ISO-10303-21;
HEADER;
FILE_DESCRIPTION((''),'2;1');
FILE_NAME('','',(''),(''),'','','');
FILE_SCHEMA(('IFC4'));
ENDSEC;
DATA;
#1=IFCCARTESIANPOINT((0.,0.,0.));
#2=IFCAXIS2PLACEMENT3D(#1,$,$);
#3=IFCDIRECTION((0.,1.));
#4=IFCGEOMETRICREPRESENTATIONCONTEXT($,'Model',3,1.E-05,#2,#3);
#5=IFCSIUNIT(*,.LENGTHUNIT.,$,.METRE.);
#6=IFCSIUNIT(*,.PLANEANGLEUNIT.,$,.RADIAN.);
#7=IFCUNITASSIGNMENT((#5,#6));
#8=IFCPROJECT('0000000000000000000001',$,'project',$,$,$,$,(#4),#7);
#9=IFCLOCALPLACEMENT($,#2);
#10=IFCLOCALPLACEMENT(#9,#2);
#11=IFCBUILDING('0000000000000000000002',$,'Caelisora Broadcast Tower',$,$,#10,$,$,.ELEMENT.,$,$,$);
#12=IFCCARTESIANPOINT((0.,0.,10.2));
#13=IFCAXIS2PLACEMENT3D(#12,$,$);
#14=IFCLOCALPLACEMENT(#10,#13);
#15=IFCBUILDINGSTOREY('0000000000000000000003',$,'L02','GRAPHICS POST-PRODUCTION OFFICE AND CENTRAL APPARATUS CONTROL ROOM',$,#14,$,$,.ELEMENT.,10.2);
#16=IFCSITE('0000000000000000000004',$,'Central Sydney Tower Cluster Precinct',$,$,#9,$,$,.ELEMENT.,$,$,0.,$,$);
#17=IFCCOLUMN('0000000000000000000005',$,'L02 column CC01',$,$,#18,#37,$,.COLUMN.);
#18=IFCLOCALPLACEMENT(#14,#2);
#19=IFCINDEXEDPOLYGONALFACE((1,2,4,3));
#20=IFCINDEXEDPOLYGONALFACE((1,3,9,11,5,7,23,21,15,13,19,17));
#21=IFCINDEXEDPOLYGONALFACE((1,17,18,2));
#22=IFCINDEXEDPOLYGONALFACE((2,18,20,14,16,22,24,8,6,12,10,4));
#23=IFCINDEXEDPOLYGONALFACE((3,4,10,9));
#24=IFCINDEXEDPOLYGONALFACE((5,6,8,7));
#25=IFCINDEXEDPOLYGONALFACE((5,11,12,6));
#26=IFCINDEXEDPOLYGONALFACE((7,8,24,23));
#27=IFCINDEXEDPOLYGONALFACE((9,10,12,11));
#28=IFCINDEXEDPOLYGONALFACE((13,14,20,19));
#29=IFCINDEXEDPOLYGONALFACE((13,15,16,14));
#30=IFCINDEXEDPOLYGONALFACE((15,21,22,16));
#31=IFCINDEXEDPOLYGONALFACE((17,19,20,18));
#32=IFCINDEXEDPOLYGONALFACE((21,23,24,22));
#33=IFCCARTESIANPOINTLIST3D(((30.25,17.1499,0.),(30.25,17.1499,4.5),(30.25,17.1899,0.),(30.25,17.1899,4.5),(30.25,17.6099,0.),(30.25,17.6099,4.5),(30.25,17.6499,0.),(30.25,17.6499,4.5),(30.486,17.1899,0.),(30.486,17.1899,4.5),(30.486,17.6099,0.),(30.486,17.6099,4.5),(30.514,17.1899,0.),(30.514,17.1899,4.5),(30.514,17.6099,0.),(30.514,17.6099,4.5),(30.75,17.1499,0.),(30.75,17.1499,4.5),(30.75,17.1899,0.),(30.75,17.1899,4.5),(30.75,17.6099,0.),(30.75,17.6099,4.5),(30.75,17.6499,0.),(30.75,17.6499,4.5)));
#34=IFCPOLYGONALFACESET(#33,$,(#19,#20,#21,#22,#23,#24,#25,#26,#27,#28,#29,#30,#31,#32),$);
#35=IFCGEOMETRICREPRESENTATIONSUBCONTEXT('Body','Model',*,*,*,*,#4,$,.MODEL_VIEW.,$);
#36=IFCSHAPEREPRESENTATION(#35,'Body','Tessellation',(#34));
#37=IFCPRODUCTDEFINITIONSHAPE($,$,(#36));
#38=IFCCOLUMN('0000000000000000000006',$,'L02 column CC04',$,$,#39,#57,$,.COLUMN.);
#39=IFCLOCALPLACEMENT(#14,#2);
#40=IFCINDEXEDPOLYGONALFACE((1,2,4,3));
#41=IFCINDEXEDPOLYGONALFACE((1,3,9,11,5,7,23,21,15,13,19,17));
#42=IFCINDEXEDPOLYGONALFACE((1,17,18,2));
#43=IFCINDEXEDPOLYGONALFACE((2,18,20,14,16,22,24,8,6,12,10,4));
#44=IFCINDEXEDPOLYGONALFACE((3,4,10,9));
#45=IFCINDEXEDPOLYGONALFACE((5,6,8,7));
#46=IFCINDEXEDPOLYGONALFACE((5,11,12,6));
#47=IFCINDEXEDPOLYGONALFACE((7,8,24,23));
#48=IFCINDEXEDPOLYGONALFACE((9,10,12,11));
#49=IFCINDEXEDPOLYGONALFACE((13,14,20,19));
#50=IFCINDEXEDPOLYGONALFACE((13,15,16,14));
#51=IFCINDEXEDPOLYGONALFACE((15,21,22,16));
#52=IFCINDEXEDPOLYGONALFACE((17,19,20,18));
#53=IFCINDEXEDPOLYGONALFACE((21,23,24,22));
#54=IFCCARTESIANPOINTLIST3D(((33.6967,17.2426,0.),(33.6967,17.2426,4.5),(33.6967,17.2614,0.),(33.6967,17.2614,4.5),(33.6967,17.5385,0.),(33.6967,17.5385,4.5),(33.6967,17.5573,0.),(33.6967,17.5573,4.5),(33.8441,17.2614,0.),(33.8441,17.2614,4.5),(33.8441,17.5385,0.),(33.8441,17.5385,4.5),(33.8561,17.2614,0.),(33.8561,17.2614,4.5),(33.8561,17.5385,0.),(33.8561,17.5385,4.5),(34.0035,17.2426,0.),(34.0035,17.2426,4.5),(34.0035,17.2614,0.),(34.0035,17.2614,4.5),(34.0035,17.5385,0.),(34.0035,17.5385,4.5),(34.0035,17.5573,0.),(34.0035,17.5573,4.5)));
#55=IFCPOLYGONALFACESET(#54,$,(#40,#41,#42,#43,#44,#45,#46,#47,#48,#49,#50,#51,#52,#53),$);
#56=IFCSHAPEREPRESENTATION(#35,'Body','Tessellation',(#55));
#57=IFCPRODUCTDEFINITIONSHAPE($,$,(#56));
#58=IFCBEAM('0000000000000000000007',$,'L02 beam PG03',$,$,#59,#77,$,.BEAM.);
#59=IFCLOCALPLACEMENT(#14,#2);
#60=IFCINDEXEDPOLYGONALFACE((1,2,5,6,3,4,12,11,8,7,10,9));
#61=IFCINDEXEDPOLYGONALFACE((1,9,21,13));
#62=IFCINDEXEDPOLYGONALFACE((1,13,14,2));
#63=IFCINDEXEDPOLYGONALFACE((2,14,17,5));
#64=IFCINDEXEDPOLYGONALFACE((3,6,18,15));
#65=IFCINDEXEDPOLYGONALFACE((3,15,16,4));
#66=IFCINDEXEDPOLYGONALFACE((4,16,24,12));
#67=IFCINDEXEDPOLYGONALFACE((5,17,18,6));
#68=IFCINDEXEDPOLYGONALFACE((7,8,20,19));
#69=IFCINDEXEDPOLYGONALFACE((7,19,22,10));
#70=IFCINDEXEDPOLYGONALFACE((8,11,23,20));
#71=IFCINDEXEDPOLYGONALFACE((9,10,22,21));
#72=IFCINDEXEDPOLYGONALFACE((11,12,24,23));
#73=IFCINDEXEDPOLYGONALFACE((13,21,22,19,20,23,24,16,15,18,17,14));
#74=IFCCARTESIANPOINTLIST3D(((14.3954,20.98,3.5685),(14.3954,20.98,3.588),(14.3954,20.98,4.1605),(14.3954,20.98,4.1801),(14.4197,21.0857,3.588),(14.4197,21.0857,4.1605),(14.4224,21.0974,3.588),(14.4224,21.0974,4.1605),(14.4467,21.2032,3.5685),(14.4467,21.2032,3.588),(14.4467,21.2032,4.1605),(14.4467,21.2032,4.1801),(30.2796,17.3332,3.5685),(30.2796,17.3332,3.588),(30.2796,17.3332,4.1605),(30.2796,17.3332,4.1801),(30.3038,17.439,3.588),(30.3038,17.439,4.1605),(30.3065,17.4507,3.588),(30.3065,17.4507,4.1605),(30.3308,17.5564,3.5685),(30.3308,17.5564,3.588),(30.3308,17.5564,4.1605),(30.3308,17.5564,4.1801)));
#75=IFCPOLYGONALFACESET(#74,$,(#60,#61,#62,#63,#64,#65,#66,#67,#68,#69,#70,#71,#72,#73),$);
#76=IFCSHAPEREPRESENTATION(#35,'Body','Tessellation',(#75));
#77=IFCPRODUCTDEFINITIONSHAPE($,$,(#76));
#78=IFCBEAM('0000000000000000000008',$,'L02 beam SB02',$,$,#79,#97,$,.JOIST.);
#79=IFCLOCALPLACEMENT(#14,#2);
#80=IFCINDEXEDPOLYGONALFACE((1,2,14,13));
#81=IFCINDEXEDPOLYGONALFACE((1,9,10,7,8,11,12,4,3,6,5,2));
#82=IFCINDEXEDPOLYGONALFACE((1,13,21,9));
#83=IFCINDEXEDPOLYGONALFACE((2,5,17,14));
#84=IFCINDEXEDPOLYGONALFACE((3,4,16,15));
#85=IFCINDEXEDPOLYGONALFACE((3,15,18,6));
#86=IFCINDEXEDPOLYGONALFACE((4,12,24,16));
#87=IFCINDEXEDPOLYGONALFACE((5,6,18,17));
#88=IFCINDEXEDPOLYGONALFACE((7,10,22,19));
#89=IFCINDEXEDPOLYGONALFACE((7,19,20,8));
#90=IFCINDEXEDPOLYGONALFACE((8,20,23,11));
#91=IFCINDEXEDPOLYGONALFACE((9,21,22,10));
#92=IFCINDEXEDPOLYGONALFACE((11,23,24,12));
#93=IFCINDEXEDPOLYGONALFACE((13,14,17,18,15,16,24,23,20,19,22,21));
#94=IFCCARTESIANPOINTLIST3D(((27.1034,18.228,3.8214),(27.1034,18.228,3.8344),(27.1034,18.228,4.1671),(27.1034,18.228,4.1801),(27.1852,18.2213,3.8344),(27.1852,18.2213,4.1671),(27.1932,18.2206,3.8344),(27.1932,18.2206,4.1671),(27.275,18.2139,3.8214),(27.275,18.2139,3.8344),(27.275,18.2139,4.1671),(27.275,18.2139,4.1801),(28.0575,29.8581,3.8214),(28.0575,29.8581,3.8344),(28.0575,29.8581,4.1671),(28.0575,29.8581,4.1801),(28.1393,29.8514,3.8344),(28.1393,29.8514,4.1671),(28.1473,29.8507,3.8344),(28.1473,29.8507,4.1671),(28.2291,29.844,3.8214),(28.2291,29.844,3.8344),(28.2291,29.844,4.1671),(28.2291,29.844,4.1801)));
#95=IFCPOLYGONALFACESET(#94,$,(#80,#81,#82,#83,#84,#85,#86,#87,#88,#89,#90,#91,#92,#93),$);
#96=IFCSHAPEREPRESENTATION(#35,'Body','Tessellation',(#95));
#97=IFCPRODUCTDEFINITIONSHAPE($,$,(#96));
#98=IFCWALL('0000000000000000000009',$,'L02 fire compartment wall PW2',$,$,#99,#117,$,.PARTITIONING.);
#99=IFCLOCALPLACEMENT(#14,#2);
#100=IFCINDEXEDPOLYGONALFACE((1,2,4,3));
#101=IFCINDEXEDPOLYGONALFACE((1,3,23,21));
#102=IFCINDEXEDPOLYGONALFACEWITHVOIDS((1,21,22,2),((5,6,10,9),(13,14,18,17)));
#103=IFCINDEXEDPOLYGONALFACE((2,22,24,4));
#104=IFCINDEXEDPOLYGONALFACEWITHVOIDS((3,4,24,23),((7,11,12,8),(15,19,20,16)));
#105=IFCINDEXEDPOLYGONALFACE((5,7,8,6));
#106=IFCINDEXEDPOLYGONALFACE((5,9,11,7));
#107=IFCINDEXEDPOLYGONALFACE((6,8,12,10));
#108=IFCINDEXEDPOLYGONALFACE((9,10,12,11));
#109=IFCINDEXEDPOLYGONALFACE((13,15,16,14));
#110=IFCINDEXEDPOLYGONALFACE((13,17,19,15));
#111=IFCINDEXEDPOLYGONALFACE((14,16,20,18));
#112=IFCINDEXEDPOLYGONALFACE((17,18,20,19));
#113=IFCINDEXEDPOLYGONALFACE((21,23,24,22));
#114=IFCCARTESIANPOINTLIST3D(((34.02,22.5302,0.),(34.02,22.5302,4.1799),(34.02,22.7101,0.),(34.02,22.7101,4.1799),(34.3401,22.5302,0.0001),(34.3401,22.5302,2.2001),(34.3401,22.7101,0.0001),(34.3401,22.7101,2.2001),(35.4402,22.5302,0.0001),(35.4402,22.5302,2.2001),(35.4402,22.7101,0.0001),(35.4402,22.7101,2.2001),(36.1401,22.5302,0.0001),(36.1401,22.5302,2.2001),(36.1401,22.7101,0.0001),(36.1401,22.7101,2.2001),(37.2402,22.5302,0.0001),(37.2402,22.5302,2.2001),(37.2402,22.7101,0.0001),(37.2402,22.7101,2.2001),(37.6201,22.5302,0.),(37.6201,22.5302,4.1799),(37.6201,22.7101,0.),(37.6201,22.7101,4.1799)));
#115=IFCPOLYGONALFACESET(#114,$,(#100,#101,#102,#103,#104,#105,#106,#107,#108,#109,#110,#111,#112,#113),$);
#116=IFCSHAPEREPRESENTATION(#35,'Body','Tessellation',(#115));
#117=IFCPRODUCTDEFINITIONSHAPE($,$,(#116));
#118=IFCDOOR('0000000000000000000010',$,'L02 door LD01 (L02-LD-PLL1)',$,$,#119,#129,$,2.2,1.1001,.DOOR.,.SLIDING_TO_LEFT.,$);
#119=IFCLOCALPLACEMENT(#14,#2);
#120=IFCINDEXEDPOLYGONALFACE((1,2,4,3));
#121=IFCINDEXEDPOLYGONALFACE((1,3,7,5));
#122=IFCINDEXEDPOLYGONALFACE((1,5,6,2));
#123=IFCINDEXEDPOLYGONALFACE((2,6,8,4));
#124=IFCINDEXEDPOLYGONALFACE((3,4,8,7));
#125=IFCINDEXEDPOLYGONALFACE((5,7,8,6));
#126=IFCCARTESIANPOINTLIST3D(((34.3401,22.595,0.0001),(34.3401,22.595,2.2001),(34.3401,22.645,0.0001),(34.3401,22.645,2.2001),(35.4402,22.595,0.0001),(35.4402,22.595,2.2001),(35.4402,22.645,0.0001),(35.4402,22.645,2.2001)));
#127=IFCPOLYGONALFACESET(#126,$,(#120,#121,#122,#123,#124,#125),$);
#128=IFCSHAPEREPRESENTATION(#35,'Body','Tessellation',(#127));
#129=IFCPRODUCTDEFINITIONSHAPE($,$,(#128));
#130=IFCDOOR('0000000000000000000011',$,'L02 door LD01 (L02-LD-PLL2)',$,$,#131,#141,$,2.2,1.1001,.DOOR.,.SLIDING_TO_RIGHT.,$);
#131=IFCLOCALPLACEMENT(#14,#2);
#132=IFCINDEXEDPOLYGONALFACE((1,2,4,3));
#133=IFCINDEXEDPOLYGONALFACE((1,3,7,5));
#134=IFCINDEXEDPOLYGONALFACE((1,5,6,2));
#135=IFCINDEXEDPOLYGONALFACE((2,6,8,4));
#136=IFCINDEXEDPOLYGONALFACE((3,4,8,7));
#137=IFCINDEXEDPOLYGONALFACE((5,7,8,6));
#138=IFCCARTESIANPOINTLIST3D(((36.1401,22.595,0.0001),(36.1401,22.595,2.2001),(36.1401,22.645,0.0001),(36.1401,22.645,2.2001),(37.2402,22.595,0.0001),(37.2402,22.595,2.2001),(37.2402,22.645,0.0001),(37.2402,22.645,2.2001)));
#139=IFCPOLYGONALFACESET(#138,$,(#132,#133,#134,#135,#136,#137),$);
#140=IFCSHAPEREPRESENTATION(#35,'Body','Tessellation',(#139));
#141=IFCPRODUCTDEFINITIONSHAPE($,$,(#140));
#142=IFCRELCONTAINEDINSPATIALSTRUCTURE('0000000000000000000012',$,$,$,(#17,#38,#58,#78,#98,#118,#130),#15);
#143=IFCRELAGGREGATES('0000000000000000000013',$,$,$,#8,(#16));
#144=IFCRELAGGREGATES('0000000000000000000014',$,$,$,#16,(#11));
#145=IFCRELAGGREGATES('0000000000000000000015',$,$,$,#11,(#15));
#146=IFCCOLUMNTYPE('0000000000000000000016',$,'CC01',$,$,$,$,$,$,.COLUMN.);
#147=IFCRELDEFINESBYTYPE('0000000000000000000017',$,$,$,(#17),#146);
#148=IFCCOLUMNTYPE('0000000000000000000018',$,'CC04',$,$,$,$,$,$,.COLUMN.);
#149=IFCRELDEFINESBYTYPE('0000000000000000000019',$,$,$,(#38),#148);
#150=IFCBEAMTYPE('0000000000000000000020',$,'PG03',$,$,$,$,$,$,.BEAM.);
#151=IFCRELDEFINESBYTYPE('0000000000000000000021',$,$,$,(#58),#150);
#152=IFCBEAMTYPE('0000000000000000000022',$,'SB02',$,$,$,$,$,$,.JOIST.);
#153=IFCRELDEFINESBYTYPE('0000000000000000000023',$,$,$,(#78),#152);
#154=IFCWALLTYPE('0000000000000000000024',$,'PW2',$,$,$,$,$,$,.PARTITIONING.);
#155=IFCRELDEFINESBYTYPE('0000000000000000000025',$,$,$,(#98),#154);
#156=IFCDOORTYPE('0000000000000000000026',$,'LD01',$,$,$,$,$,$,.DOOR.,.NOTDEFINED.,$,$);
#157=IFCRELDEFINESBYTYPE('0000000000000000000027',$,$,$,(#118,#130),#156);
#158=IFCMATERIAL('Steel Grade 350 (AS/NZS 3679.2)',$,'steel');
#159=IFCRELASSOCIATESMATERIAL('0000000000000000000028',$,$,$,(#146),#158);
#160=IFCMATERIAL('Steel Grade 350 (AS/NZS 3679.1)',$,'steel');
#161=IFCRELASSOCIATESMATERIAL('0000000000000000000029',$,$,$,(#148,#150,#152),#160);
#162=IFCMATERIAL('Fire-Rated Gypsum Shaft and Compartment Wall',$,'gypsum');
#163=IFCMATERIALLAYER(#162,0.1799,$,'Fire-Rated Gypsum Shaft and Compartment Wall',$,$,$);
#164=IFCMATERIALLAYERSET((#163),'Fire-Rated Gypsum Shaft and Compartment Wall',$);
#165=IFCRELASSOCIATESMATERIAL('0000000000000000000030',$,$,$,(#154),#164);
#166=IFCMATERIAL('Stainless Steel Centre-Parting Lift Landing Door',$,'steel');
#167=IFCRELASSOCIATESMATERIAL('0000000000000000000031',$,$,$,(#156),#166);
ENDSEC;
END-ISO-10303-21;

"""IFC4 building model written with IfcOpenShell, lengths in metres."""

from ifc_helpers import new_model, si_unit, direction, frame, frame_2d, origin, origin_2d, place, context, subcontext, project, spatial, rectangle, i_section, extrude, source, transform, mapped, material, layer, layer_set, material_profile, profile_set, type_object, type_shapes, element, fill, save


model = new_model("IFC4")

# Units and contexts
model_context = context("Model", 3, precision=1e-05, world=origin(), true_north=direction((0.0, 1.0)))
body_context = subcontext(model_context, "Body", "Model", "MODEL_VIEW")
ifc_project = project(units=[si_unit("LENGTHUNIT", "METRE"), si_unit("PLANEANGLEUNIT", "RADIAN")], contexts=[model_context])

# Site, building, storey
site_placement = place(None, origin())
site = spatial("IfcSite", under=ifc_project, at=site_placement, Name="Central Sydney Tower Cluster Precinct", CompositionType="ELEMENT", RefElevation=0.0)
building_placement = place(site_placement, origin())
building = spatial("IfcBuilding", under=site, at=building_placement, Name="Caelisora Broadcast Tower", CompositionType="ELEMENT")
storey_placement = place(building_placement, frame((0.0, 0.0, 10.2)))
storey = spatial("IfcBuildingStorey", under=building, at=storey_placement, Name="L02", Description="GRAPHICS POST-PRODUCTION OFFICE AND CENTRAL APPARATUS CONTROL ROOM", CompositionType="ELEMENT", Elevation=10.2)

# Columns
ifc_material_1 = material(Name="Steel Grade 350 (AS/NZS 3679.2)", Category="steel")
ifc_material_profile_1 = material_profile(ifc_material_1, i_section(OverallWidth=0.5, OverallDepth=0.5, WebThickness=0.0281, FlangeThickness=0.04, at=origin_2d()), Name="Steel Grade 350 (AS/NZS 3679.2)")
ifc_profile_set_1 = profile_set([ifc_material_profile_1], Name="Steel Grade 350 (AS/NZS 3679.2)")
column_type_1 = type_object("IfcColumnType", Name="CC01", PredefinedType="COLUMN", material=ifc_profile_set_1)
shared_shape_1 = source(origin(), body_context, "Body", "SweptSolid", [
    extrude(i_section(OverallWidth=0.5, OverallDepth=0.5, WebThickness=0.0281, FlangeThickness=0.04, at=origin_2d()), origin(), (0.0, 0.0, 1.0), 4.5),
])
type_shapes(column_type_1, [shared_shape_1])
column_1_placement = place(storey_placement, frame((30.5, 17.3999, 0.0), z_axis=(0.0, 0.0, 1.0), x_axis=(1.0, 0.0, 0.0)))
element("IfcColumn", 1, at=column_1_placement, inside=storey, type_object=column_type_1, Name="L02 column CC01", PredefinedType="COLUMN", context=body_context, shape_type="MappedRepresentation", body=[
    mapped(shared_shape_1, transform((0.0, 0.0, 0.0), scale=1.0)),
])
ifc_material_2 = material(Name="Steel Grade 350 (AS/NZS 3679.1)", Category="steel")
ifc_material_profile_2 = material_profile(ifc_material_2, i_section(OverallWidth=0.3069, OverallDepth=0.3147, WebThickness=0.012, FlangeThickness=0.0188, at=origin_2d()), Name="Steel Grade 350 (AS/NZS 3679.1)")
ifc_profile_set_2 = profile_set([ifc_material_profile_2], Name="Steel Grade 350 (AS/NZS 3679.1)")
column_type_2 = type_object("IfcColumnType", Name="CC04", PredefinedType="COLUMN", material=ifc_profile_set_2)
shared_shape_2 = source(origin(), body_context, "Body", "SweptSolid", [
    extrude(i_section(OverallWidth=0.3069, OverallDepth=0.3147, WebThickness=0.012, FlangeThickness=0.0188, at=origin_2d()), origin(), (0.0, 0.0, 1.0), 4.5),
])
type_shapes(column_type_2, [shared_shape_2])
column_2_placement = place(storey_placement, frame((33.8501, 17.3999, 0.0), z_axis=(0.0, 0.0, 1.0), x_axis=(1.0, 0.0, 0.0)))
element("IfcColumn", 2, at=column_2_placement, inside=storey, type_object=column_type_2, Name="L02 column CC04", PredefinedType="COLUMN", context=body_context, shape_type="MappedRepresentation", body=[
    mapped(shared_shape_2, transform((0.0, 0.0, 0.0), scale=1.0)),
])

# Beams
ifc_material_profile_3 = material_profile(ifc_material_2, i_section(OverallWidth=0.229, OverallDepth=0.6116, WebThickness=0.012, FlangeThickness=0.0195, at=origin_2d()), Name="Steel Grade 350 (AS/NZS 3679.1)")
ifc_profile_set_3 = profile_set([ifc_material_profile_3], Name="Steel Grade 350 (AS/NZS 3679.1)")
beam_type_1 = type_object("IfcBeamType", Name="PG03", PredefinedType="BEAM", material=ifc_profile_set_3)
shared_shape_3 = source(origin(), body_context, "Body", "SweptSolid", [
    extrude(i_section(OverallWidth=0.229, OverallDepth=0.6116, WebThickness=0.012, FlangeThickness=0.0195, at=origin_2d()), origin(), (0.0, 0.0, 1.0), 16.2974),
])
type_shapes(beam_type_1, [shared_shape_3])
beam_1_placement = place(storey_placement, frame((30.3052, 17.4448, 3.8743), z_axis=(-0.974644, 0.223763, 0.0), x_axis=(-0.223763, -0.974644, 0.0)))
element("IfcBeam", 3, at=beam_1_placement, inside=storey, type_object=beam_type_1, Name="L02 beam PG03", PredefinedType="BEAM", context=body_context, shape_type="MappedRepresentation", body=[
    mapped(shared_shape_3, transform((0.0, 0.0, 0.0), scale=1.0)),
])
ifc_material_profile_4 = material_profile(ifc_material_2, i_section(OverallWidth=0.1721, OverallDepth=0.3586, WebThickness=0.0081, FlangeThickness=0.0129, at=origin_2d()), Name="Steel Grade 350 (AS/NZS 3679.1)")
ifc_profile_set_4 = profile_set([ifc_material_profile_4], Name="Steel Grade 350 (AS/NZS 3679.1)")
beam_type_2 = type_object("IfcBeamType", Name="SB02", PredefinedType="JOIST", material=ifc_profile_set_4)
shared_shape_4 = source(origin(), body_context, "Body", "SweptSolid", [
    extrude(i_section(OverallWidth=0.1721, OverallDepth=0.3586, WebThickness=0.0081, FlangeThickness=0.0129, at=origin_2d()), origin(), (0.0, 0.0, 1.0), 11.6692),
])
type_shapes(beam_type_2, [shared_shape_4])
beam_2_placement = place(storey_placement, frame((27.1892, 18.2209, 4.0007), z_axis=(0.081762, 0.996652, 0.0), x_axis=(-0.996652, 0.081762, 0.0)))
element("IfcBeam", 4, at=beam_2_placement, inside=storey, type_object=beam_type_2, Name="L02 beam SB02", PredefinedType="JOIST", context=body_context, shape_type="MappedRepresentation", body=[
    mapped(shared_shape_4, transform((0.0, 0.0, 0.0), scale=1.0)),
])

# Wall, openings, doors
ifc_material_3 = material(Name="Fire-Rated Gypsum Shaft and Compartment Wall", Category="gypsum")
ifc_layer_1 = layer(ifc_material_3, 0.1799, Name="Fire-Rated Gypsum Shaft and Compartment Wall")
ifc_layer_set_1 = layer_set([ifc_layer_1], Name="Fire-Rated Gypsum Shaft and Compartment Wall")
wall_type = type_object("IfcWallType", Name="PW2", PredefinedType="PARTITIONING", material=ifc_layer_set_1)
wall_1_placement = place(storey_placement, frame((34.02, 22.6201, 0.0), z_axis=(0.0, 0.0, 1.0), x_axis=(1.0, 0.0, 0.0)))
wall_1 = element("IfcWall", 5, at=wall_1_placement, inside=storey, type_object=wall_type, Name="L02 fire compartment wall PW2", PredefinedType="PARTITIONING", context=body_context, shape_type="SweptSolid", body=[
    extrude(rectangle(XDim=3.6001, YDim=0.1799, at=frame_2d((1.8, 0.0))), origin(), (0.0, 0.0, 1.0), 4.1799),
])
opening_1_placement = place(wall_1_placement, frame((0.3201, 0.0, 0.0)))
opening_1 = element("IfcOpeningElement", 6, at=opening_1_placement, cuts=wall_1, PredefinedType="OPENING", context=body_context, shape_type="SweptSolid", body=[
    extrude(rectangle(XDim=1.1001, YDim=2.2, at=frame_2d((0.55, 1.1001))), frame((0.0, 0.1021, 0.0), z_axis=(0.0, -1.0, 0.0), x_axis=(1.0, 0.0, 0.0)), (0.0, 0.0, 1.0), 0.2039),
])
opening_2_placement = place(wall_1_placement, frame((2.1201, 0.0, 0.0)))
opening_2 = element("IfcOpeningElement", 7, at=opening_2_placement, cuts=wall_1, PredefinedType="OPENING", context=body_context, shape_type="SweptSolid", body=[
    extrude(rectangle(XDim=1.1001, YDim=2.2, at=frame_2d((0.55, 1.1001))), frame((0.0, 0.1021, 0.0), z_axis=(0.0, -1.0, 0.0), x_axis=(1.0, 0.0, 0.0)), (0.0, 0.0, 1.0), 0.2039),
])
ifc_material_4 = material(Name="Stainless Steel Centre-Parting Lift Landing Door", Category="steel")
door_type_1 = type_object("IfcDoorType", Name="LD01", OperationType="NOTDEFINED", PredefinedType="DOOR", material=ifc_material_4)
door_1_placement = place(opening_1_placement, origin())
door_1 = element("IfcDoor", 8, at=door_1_placement, inside=storey, type_object=door_type_1, Name="L02 door LD01 (L02-LD-PLL1)", OperationType="SLIDING_TO_LEFT", OverallHeight=2.2, OverallWidth=1.1001, PredefinedType="DOOR", context=body_context, shape_type="SweptSolid", body=[
    extrude(rectangle(XDim=1.1001, YDim=2.2, at=frame_2d((0.55, 1.1001))), frame((0.0, 0.0249, 0.0), z_axis=(0.0, -1.0, 0.0), x_axis=(1.0, 0.0, 0.0)), (0.0, 0.0, 1.0), 0.05),
])
fill(opening_1, door_1)
door_2_placement = place(opening_2_placement, origin())
door_2 = element("IfcDoor", 9, at=door_2_placement, inside=storey, type_object=door_type_1, Name="L02 door LD01 (L02-LD-PLL2)", OperationType="SLIDING_TO_RIGHT", OverallHeight=2.2, OverallWidth=1.1001, PredefinedType="DOOR", context=body_context, shape_type="SweptSolid", body=[
    extrude(rectangle(XDim=1.1001, YDim=2.2, at=frame_2d((0.55, 1.1001))), frame((0.0, 0.0249, 0.0), z_axis=(0.0, -1.0, 0.0), x_axis=(1.0, 0.0, 0.0)), (0.0, 0.0, 1.0), 0.05),
])
fill(opening_2, door_2)

save(model, "model.ifc")
